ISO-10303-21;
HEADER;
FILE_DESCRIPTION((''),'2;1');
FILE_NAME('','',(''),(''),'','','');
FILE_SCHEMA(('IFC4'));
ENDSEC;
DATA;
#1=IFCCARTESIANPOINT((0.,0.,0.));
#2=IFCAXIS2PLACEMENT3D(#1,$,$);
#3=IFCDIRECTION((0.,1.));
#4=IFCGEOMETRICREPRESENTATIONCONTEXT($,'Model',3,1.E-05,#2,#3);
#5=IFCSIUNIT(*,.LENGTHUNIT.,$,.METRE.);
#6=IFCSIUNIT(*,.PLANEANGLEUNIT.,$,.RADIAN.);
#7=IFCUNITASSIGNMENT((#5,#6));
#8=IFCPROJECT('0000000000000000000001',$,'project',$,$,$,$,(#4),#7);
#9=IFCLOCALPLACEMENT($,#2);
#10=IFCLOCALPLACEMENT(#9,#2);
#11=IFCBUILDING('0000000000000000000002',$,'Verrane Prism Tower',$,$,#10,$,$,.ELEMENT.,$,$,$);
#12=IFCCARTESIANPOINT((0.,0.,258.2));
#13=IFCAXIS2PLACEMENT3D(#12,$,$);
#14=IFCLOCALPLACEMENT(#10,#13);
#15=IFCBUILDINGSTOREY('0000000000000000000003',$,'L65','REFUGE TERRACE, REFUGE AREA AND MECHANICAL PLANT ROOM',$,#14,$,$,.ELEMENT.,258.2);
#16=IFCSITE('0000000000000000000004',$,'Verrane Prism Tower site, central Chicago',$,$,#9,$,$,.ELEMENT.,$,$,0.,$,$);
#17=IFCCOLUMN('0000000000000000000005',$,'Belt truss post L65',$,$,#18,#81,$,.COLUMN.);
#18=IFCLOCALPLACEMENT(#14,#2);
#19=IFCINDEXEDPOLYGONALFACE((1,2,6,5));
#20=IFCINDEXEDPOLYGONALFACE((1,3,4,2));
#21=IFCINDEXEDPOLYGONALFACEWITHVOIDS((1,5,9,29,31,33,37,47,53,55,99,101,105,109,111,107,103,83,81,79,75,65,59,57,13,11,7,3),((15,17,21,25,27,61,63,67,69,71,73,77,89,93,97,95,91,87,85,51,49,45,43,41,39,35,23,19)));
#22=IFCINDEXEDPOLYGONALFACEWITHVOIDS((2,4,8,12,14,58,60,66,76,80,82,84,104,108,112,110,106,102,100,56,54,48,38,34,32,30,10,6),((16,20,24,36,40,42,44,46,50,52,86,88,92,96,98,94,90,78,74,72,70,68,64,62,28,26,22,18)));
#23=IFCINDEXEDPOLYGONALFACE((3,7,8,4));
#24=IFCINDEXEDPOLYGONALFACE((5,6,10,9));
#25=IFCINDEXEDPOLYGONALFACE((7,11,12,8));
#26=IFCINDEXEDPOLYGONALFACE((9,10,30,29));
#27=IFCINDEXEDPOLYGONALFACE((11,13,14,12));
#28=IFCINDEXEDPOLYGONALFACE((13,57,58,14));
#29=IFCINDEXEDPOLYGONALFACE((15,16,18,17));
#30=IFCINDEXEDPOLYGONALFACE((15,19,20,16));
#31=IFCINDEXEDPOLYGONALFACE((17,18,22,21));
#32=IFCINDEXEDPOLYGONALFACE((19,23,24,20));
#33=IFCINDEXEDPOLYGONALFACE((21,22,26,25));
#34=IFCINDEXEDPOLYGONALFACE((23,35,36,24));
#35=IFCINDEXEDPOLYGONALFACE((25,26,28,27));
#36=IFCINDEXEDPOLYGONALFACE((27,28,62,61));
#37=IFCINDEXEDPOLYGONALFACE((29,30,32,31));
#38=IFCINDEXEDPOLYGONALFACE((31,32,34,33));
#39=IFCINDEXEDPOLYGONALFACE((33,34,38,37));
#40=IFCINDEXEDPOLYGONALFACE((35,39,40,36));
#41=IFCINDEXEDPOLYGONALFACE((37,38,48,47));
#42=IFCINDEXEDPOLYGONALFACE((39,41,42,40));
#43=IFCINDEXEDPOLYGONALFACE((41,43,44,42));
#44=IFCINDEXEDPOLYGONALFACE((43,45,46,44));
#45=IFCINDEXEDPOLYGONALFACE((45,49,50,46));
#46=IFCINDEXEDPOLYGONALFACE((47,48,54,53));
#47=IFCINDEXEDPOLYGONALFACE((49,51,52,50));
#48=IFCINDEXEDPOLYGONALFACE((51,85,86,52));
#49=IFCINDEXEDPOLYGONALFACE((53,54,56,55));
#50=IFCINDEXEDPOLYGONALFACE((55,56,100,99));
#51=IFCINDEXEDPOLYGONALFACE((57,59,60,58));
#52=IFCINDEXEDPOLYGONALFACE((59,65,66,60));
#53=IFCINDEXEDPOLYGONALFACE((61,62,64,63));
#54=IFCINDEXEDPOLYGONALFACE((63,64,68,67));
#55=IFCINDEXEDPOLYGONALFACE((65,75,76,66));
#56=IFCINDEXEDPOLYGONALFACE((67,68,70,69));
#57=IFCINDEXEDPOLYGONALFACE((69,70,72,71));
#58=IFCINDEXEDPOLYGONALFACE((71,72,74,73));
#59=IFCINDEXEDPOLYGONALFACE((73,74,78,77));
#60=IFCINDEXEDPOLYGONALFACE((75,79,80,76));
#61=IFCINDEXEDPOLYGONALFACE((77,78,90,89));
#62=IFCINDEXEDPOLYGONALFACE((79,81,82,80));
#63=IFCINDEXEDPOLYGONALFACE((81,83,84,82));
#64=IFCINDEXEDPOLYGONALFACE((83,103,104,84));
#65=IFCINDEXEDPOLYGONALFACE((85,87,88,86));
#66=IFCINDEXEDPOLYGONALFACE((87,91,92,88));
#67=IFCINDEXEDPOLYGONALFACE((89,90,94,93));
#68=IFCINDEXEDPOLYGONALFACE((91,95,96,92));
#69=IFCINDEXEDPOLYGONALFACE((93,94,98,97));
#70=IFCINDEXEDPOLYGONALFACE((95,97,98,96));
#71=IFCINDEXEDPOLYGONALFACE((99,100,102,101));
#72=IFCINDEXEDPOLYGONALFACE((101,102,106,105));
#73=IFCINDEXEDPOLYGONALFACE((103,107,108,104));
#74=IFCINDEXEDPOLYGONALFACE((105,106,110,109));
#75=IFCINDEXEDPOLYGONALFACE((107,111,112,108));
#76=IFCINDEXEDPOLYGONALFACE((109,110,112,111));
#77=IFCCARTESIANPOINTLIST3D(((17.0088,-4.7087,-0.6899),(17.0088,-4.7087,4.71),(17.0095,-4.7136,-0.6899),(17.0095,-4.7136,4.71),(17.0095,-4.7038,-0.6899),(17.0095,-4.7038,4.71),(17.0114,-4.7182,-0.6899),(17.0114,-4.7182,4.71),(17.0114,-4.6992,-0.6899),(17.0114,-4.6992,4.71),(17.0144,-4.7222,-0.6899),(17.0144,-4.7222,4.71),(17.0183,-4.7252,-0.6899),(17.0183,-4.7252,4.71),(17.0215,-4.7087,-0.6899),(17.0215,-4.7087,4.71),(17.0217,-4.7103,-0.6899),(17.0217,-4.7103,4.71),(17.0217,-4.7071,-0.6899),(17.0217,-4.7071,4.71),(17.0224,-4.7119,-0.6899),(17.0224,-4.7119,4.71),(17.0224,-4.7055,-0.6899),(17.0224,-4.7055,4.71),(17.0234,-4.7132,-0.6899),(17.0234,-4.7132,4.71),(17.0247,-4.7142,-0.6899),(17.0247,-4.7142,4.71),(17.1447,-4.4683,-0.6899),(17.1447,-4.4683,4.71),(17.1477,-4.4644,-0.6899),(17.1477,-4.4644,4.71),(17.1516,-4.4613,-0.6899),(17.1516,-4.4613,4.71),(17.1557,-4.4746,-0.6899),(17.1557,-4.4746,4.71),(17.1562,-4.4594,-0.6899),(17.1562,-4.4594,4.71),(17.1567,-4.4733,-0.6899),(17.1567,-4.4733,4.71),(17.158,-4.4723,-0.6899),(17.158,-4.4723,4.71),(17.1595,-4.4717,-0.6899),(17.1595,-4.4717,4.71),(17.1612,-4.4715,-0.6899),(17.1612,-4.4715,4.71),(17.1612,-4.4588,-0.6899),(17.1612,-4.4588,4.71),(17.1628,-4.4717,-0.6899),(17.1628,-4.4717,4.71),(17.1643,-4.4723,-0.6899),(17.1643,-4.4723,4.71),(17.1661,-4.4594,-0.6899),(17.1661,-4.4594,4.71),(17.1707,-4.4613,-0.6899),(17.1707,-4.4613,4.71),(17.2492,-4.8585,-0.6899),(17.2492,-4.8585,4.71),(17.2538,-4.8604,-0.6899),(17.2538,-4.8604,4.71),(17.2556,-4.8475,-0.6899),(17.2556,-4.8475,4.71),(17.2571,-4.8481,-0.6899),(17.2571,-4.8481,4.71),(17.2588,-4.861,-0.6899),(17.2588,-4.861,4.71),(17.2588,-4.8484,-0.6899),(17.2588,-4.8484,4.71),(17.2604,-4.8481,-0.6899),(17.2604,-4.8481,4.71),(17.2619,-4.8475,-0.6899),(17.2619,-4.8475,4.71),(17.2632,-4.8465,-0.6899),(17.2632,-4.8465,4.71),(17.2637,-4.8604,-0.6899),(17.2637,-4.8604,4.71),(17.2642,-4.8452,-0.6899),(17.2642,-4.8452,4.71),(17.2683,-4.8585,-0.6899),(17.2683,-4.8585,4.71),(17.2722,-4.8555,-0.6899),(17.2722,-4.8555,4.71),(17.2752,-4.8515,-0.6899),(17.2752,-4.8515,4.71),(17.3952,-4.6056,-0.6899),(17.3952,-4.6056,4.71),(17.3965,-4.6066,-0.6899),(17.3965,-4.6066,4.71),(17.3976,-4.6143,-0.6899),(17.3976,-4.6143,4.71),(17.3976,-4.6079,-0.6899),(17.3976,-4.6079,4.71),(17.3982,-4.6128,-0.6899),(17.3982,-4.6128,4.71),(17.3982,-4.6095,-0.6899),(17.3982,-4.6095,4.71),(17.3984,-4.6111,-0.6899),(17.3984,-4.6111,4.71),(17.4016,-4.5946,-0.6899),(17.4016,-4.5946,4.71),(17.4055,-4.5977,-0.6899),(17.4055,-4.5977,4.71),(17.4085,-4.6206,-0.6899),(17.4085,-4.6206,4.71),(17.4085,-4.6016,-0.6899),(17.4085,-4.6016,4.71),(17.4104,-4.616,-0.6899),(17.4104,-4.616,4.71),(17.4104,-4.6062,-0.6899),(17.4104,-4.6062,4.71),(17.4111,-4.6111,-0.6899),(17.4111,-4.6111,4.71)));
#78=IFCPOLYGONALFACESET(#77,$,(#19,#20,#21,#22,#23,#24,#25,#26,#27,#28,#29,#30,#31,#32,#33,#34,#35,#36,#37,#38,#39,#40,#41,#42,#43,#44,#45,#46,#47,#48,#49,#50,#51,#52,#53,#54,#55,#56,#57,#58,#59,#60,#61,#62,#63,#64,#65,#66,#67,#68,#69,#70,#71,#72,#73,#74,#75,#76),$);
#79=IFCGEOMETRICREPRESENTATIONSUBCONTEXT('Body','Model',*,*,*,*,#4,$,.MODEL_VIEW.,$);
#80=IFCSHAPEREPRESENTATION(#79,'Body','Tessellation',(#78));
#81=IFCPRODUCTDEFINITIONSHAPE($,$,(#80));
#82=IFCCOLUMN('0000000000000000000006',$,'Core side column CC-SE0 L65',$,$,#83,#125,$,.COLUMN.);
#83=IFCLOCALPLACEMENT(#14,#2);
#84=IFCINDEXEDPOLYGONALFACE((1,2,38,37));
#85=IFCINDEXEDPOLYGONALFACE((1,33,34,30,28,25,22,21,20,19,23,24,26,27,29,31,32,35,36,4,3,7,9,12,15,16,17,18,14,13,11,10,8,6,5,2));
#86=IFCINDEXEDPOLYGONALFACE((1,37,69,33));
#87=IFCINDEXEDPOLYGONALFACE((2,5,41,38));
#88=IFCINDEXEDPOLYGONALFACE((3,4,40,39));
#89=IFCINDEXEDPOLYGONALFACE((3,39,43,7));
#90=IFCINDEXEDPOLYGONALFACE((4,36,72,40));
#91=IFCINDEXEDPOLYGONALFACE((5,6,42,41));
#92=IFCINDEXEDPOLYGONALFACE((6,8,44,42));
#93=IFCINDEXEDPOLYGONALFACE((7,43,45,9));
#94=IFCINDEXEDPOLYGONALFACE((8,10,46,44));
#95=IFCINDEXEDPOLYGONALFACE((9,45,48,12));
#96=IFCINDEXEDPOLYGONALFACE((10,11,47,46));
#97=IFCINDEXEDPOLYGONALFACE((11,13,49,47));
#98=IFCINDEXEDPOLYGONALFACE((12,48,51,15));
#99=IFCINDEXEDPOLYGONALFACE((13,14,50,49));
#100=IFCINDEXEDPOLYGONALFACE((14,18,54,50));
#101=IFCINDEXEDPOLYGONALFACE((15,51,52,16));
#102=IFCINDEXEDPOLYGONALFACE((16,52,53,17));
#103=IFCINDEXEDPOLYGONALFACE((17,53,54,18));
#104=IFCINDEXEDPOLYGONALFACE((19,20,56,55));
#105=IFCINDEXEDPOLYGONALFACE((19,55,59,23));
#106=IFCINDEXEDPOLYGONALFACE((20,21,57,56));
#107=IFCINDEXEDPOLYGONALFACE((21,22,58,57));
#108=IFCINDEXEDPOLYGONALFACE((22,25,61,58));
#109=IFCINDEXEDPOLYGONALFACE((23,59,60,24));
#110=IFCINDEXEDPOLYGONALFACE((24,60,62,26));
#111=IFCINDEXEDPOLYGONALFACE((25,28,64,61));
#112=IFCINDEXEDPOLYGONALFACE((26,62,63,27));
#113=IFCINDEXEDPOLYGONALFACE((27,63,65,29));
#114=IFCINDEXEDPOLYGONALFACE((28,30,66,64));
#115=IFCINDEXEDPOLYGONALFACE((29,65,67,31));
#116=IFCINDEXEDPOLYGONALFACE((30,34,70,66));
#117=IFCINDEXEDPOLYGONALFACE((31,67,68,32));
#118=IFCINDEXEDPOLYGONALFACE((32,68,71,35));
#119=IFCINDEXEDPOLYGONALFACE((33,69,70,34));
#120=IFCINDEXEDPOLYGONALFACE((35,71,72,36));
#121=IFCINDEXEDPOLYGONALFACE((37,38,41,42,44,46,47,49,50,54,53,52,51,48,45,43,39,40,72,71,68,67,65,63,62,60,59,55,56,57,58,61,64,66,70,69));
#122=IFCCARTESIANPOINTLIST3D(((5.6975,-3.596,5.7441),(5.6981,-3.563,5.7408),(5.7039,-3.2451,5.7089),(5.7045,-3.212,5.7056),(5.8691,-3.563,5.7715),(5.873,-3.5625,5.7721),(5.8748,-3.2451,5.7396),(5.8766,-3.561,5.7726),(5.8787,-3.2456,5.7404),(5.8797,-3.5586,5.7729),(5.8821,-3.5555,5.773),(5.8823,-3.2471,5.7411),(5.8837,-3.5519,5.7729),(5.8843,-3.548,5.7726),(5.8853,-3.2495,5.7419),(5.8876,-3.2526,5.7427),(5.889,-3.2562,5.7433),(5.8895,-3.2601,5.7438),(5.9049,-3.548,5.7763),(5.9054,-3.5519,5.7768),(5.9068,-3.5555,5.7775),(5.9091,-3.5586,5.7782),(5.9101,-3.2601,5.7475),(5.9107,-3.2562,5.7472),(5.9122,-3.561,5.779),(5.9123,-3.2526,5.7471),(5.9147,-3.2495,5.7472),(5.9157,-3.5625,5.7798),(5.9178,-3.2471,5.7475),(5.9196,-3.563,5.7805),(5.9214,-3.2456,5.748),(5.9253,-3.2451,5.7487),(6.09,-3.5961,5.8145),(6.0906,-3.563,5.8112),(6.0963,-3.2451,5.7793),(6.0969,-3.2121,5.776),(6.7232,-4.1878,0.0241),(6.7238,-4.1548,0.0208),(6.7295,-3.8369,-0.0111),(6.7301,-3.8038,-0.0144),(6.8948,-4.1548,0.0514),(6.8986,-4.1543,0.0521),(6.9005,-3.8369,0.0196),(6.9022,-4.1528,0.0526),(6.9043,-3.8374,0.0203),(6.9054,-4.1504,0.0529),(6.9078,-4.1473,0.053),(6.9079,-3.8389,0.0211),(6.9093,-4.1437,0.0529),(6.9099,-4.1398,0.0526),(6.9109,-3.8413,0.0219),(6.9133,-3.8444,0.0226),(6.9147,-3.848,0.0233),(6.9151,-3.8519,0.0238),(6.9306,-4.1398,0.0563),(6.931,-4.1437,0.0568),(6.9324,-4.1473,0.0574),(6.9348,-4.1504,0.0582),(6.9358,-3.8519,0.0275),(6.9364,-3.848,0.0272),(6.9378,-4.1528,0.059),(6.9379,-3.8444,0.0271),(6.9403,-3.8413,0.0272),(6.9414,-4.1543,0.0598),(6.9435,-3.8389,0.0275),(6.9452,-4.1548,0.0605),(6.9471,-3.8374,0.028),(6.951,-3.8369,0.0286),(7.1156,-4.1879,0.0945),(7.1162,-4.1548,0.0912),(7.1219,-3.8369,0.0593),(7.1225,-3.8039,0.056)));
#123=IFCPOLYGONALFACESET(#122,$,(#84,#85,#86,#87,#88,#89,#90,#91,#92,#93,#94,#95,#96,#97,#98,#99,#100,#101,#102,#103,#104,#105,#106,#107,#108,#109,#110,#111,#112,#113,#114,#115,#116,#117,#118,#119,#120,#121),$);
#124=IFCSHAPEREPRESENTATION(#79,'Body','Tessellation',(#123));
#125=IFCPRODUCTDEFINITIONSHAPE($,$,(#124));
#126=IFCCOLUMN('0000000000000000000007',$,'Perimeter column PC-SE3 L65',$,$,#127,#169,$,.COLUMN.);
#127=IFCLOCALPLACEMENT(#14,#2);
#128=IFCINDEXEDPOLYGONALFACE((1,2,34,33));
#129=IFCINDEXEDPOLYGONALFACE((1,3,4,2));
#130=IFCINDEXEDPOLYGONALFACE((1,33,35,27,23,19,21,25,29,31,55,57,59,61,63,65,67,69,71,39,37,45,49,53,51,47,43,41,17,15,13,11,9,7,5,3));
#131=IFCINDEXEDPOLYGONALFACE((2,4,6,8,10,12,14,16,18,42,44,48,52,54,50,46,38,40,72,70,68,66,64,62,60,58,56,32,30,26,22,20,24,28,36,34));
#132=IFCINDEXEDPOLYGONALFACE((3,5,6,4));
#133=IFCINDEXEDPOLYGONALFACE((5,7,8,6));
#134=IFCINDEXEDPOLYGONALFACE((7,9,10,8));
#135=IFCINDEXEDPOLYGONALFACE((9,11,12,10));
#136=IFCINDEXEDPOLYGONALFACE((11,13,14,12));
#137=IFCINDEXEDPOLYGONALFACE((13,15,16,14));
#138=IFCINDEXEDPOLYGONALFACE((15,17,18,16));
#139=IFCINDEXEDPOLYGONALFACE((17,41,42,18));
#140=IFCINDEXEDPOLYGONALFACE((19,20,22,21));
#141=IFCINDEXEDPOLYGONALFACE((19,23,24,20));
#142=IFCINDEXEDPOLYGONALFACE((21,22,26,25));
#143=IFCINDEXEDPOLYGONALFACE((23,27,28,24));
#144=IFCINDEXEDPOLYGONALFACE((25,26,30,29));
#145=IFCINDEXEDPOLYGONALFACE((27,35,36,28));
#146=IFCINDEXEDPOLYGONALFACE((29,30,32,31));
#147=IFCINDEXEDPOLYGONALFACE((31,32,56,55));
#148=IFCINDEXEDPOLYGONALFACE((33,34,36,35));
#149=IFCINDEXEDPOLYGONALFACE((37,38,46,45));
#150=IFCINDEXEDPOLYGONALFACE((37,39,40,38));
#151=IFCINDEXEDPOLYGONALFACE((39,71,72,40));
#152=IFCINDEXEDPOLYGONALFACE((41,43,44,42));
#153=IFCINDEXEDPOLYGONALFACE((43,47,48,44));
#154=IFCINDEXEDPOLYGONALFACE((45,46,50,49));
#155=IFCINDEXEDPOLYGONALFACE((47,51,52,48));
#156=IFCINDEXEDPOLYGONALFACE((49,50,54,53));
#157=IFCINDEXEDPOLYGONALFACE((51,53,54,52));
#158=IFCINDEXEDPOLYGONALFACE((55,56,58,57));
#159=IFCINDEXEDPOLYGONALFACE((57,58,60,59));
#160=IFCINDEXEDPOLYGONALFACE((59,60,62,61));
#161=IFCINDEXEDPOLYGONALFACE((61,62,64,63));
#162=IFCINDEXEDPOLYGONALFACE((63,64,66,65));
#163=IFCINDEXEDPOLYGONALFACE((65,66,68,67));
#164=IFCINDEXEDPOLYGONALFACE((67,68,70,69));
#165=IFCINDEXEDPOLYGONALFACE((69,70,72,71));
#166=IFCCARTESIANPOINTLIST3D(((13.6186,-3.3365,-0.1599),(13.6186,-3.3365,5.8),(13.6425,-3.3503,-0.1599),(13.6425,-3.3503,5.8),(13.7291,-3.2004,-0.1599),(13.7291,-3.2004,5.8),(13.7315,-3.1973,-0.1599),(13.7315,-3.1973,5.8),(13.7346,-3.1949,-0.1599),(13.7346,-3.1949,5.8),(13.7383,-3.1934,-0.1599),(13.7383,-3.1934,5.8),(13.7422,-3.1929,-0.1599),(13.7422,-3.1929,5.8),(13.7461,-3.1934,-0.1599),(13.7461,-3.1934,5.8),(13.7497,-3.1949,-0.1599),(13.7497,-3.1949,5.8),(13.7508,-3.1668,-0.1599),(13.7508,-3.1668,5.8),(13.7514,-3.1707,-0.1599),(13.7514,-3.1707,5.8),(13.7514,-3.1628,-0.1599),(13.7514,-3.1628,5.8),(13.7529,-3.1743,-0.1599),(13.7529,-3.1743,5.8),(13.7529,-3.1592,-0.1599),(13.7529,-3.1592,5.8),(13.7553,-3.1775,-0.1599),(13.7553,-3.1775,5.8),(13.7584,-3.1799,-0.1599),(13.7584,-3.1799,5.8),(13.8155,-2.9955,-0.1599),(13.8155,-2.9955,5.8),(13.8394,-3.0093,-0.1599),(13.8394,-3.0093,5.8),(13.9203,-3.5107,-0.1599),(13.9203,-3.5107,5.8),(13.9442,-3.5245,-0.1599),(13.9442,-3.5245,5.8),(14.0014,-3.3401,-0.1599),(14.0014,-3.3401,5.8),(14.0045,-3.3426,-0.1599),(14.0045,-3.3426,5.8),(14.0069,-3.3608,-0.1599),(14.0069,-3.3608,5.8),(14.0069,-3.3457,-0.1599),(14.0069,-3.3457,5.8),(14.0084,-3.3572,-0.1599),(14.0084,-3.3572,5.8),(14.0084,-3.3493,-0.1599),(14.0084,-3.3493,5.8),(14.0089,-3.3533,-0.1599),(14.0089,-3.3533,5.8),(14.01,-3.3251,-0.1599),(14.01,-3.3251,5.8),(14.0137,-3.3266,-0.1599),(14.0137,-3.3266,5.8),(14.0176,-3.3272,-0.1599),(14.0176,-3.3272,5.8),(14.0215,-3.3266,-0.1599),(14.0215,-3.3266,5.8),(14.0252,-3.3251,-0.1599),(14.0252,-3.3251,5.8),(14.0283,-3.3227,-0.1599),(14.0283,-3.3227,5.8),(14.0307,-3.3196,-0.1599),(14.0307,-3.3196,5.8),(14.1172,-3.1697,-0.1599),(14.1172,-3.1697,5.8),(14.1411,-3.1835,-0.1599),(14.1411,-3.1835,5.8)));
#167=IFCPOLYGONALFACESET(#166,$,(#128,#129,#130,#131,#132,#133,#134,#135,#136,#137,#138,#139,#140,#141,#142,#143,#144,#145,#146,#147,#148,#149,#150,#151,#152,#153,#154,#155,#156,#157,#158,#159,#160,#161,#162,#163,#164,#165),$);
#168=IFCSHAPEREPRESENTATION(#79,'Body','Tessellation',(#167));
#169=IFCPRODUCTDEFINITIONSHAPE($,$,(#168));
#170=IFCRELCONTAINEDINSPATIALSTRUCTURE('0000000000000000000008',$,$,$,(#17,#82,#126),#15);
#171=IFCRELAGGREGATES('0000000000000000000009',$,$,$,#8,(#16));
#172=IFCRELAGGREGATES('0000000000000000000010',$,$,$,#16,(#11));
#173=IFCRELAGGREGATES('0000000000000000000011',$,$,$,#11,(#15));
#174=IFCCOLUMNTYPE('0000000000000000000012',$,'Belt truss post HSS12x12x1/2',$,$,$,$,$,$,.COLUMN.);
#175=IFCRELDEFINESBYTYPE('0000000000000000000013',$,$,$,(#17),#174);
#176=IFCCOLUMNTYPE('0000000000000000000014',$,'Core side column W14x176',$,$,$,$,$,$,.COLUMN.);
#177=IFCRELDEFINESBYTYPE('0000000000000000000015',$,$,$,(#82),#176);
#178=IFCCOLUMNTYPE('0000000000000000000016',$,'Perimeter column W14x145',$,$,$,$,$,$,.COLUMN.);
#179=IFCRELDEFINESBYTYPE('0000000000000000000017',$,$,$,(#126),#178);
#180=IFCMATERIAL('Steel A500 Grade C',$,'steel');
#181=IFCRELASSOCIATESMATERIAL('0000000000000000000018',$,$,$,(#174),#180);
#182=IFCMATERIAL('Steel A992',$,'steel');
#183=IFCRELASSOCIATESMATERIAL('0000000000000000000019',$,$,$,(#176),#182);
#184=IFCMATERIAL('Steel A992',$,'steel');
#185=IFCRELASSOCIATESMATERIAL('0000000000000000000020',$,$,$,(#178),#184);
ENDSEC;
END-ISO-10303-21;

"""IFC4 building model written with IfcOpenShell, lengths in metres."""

from ifc_helpers import new_model, si_unit, direction, frame, origin, origin_2d, place, context, subcontext, project, spatial, hollow_rectangle, i_section, extrude, material, material_profile, profile_set, type_object, element, save


model = new_model("IFC4")

# Units and contexts
model_context = context("Model", 3, precision=1e-05, world=origin(), true_north=direction((0.0, 1.0)))
body_context = subcontext(model_context, "Body", "Model", "MODEL_VIEW")
ifc_project = project(units=[si_unit("LENGTHUNIT", "METRE"), si_unit("PLANEANGLEUNIT", "RADIAN")], contexts=[model_context])

# Site, building, storey
site_placement = place(None, origin())
site = spatial("IfcSite", under=ifc_project, at=site_placement, Name="Verrane Prism Tower site, central Chicago", CompositionType="ELEMENT", RefElevation=0.0)
building_placement = place(site_placement, origin())
building = spatial("IfcBuilding", under=site, at=building_placement, Name="Verrane Prism Tower", CompositionType="ELEMENT")
storey_placement = place(building_placement, frame((0.0, 0.0, 258.2)))
storey = spatial("IfcBuildingStorey", under=building, at=storey_placement, Name="L65", Description="REFUGE TERRACE, REFUGE AREA AND MECHANICAL PLANT ROOM", CompositionType="ELEMENT", Elevation=258.2)

# Columns
ifc_material_1 = material(Name="Steel A500 Grade C", Category="steel")
ifc_material_profile_1 = material_profile(ifc_material_1, hollow_rectangle(XDim=0.3047, YDim=0.3047, WallThickness=0.0127, InnerFilletRadius=0.0063, OuterFilletRadius=0.019, at=origin_2d()), Name="HSS12x12x1/2")
ifc_profile_set_1 = profile_set([ifc_material_profile_1], Name="Steel A500 Grade C")
column_type_1 = type_object("IfcColumnType", Name="Belt truss post HSS12x12x1/2", PredefinedType="COLUMN", material=ifc_profile_set_1)
column_1_placement = place(storey_placement, frame((17.21, -4.6599, -0.6899), z_axis=(0.0, 0.0, 1.0), x_axis=(-0.5, -0.866025, 0.0)))
element("IfcColumn", 1, at=column_1_placement, inside=storey, type_object=column_type_1, Name="Belt truss post L65", PredefinedType="COLUMN", context=body_context, shape_type="SweptSolid", body=[
    extrude(hollow_rectangle(XDim=0.3047, YDim=0.3047, WallThickness=0.0127, InnerFilletRadius=0.0063, OuterFilletRadius=0.019, at=origin_2d()), origin(), (0.0, 0.0, 1.0), 5.3999),
])
ifc_material_2 = material(Name="Steel A992", Category="steel")
ifc_material_profile_2 = material_profile(ifc_material_2, i_section(OverallWidth=0.3987, OverallDepth=0.386, WebThickness=0.021, FlangeThickness=0.0332, FilletRadius=0.0151, at=origin_2d()), Name="W14x176")
ifc_profile_set_2 = profile_set([ifc_material_profile_2], Name="Steel A992")
column_type_2 = type_object("IfcColumnType", Name="Core side column W14x176", PredefinedType="COLUMN", material=ifc_profile_set_2)
column_2_placement = place(storey_placement, frame((6.9229, -3.9958, 0.04), z_axis=(-0.175585, 0.101313, 0.979237), x_axis=(0.984301, -0.00006, 0.176499)))
element("IfcColumn", 2, at=column_2_placement, inside=storey, type_object=column_type_2, Name="Core side column CC-SE0 L65", PredefinedType="COLUMN", context=body_context, shape_type="SweptSolid", body=[
    extrude(i_section(OverallWidth=0.3987, OverallDepth=0.386, WebThickness=0.021, FlangeThickness=0.0332, FilletRadius=0.0151, at=origin_2d()), origin(), (0.0, 0.0, 1.0), 5.8413),
])
ifc_material_3 = material(Name="Steel A992", Category="steel")
ifc_material_profile_3 = material_profile(ifc_material_3, i_section(OverallWidth=0.3938, OverallDepth=0.376, WebThickness=0.0173, FlangeThickness=0.0276, FilletRadius=0.0151, at=origin_2d()), Name="W14x145")
ifc_profile_set_3 = profile_set([ifc_material_profile_3], Name="Steel A992")
column_type_3 = type_object("IfcColumnType", Name="Perimeter column W14x145", PredefinedType="COLUMN", material=ifc_profile_set_3)
column_3_placement = place(storey_placement, frame((13.8799, -3.26, -0.1599), z_axis=(0.0, 0.0, 1.0), x_axis=(-0.5, -0.866025, 0.0)))
element("IfcColumn", 3, at=column_3_placement, inside=storey, type_object=column_type_3, Name="Perimeter column PC-SE3 L65", PredefinedType="COLUMN", context=body_context, shape_type="SweptSolid", body=[
    extrude(i_section(OverallWidth=0.3938, OverallDepth=0.376, WebThickness=0.0173, FlangeThickness=0.0276, FilletRadius=0.0151, at=origin_2d()), origin(), (0.0, 0.0, 1.0), 5.96),
])

save(model, "model.ifc")
